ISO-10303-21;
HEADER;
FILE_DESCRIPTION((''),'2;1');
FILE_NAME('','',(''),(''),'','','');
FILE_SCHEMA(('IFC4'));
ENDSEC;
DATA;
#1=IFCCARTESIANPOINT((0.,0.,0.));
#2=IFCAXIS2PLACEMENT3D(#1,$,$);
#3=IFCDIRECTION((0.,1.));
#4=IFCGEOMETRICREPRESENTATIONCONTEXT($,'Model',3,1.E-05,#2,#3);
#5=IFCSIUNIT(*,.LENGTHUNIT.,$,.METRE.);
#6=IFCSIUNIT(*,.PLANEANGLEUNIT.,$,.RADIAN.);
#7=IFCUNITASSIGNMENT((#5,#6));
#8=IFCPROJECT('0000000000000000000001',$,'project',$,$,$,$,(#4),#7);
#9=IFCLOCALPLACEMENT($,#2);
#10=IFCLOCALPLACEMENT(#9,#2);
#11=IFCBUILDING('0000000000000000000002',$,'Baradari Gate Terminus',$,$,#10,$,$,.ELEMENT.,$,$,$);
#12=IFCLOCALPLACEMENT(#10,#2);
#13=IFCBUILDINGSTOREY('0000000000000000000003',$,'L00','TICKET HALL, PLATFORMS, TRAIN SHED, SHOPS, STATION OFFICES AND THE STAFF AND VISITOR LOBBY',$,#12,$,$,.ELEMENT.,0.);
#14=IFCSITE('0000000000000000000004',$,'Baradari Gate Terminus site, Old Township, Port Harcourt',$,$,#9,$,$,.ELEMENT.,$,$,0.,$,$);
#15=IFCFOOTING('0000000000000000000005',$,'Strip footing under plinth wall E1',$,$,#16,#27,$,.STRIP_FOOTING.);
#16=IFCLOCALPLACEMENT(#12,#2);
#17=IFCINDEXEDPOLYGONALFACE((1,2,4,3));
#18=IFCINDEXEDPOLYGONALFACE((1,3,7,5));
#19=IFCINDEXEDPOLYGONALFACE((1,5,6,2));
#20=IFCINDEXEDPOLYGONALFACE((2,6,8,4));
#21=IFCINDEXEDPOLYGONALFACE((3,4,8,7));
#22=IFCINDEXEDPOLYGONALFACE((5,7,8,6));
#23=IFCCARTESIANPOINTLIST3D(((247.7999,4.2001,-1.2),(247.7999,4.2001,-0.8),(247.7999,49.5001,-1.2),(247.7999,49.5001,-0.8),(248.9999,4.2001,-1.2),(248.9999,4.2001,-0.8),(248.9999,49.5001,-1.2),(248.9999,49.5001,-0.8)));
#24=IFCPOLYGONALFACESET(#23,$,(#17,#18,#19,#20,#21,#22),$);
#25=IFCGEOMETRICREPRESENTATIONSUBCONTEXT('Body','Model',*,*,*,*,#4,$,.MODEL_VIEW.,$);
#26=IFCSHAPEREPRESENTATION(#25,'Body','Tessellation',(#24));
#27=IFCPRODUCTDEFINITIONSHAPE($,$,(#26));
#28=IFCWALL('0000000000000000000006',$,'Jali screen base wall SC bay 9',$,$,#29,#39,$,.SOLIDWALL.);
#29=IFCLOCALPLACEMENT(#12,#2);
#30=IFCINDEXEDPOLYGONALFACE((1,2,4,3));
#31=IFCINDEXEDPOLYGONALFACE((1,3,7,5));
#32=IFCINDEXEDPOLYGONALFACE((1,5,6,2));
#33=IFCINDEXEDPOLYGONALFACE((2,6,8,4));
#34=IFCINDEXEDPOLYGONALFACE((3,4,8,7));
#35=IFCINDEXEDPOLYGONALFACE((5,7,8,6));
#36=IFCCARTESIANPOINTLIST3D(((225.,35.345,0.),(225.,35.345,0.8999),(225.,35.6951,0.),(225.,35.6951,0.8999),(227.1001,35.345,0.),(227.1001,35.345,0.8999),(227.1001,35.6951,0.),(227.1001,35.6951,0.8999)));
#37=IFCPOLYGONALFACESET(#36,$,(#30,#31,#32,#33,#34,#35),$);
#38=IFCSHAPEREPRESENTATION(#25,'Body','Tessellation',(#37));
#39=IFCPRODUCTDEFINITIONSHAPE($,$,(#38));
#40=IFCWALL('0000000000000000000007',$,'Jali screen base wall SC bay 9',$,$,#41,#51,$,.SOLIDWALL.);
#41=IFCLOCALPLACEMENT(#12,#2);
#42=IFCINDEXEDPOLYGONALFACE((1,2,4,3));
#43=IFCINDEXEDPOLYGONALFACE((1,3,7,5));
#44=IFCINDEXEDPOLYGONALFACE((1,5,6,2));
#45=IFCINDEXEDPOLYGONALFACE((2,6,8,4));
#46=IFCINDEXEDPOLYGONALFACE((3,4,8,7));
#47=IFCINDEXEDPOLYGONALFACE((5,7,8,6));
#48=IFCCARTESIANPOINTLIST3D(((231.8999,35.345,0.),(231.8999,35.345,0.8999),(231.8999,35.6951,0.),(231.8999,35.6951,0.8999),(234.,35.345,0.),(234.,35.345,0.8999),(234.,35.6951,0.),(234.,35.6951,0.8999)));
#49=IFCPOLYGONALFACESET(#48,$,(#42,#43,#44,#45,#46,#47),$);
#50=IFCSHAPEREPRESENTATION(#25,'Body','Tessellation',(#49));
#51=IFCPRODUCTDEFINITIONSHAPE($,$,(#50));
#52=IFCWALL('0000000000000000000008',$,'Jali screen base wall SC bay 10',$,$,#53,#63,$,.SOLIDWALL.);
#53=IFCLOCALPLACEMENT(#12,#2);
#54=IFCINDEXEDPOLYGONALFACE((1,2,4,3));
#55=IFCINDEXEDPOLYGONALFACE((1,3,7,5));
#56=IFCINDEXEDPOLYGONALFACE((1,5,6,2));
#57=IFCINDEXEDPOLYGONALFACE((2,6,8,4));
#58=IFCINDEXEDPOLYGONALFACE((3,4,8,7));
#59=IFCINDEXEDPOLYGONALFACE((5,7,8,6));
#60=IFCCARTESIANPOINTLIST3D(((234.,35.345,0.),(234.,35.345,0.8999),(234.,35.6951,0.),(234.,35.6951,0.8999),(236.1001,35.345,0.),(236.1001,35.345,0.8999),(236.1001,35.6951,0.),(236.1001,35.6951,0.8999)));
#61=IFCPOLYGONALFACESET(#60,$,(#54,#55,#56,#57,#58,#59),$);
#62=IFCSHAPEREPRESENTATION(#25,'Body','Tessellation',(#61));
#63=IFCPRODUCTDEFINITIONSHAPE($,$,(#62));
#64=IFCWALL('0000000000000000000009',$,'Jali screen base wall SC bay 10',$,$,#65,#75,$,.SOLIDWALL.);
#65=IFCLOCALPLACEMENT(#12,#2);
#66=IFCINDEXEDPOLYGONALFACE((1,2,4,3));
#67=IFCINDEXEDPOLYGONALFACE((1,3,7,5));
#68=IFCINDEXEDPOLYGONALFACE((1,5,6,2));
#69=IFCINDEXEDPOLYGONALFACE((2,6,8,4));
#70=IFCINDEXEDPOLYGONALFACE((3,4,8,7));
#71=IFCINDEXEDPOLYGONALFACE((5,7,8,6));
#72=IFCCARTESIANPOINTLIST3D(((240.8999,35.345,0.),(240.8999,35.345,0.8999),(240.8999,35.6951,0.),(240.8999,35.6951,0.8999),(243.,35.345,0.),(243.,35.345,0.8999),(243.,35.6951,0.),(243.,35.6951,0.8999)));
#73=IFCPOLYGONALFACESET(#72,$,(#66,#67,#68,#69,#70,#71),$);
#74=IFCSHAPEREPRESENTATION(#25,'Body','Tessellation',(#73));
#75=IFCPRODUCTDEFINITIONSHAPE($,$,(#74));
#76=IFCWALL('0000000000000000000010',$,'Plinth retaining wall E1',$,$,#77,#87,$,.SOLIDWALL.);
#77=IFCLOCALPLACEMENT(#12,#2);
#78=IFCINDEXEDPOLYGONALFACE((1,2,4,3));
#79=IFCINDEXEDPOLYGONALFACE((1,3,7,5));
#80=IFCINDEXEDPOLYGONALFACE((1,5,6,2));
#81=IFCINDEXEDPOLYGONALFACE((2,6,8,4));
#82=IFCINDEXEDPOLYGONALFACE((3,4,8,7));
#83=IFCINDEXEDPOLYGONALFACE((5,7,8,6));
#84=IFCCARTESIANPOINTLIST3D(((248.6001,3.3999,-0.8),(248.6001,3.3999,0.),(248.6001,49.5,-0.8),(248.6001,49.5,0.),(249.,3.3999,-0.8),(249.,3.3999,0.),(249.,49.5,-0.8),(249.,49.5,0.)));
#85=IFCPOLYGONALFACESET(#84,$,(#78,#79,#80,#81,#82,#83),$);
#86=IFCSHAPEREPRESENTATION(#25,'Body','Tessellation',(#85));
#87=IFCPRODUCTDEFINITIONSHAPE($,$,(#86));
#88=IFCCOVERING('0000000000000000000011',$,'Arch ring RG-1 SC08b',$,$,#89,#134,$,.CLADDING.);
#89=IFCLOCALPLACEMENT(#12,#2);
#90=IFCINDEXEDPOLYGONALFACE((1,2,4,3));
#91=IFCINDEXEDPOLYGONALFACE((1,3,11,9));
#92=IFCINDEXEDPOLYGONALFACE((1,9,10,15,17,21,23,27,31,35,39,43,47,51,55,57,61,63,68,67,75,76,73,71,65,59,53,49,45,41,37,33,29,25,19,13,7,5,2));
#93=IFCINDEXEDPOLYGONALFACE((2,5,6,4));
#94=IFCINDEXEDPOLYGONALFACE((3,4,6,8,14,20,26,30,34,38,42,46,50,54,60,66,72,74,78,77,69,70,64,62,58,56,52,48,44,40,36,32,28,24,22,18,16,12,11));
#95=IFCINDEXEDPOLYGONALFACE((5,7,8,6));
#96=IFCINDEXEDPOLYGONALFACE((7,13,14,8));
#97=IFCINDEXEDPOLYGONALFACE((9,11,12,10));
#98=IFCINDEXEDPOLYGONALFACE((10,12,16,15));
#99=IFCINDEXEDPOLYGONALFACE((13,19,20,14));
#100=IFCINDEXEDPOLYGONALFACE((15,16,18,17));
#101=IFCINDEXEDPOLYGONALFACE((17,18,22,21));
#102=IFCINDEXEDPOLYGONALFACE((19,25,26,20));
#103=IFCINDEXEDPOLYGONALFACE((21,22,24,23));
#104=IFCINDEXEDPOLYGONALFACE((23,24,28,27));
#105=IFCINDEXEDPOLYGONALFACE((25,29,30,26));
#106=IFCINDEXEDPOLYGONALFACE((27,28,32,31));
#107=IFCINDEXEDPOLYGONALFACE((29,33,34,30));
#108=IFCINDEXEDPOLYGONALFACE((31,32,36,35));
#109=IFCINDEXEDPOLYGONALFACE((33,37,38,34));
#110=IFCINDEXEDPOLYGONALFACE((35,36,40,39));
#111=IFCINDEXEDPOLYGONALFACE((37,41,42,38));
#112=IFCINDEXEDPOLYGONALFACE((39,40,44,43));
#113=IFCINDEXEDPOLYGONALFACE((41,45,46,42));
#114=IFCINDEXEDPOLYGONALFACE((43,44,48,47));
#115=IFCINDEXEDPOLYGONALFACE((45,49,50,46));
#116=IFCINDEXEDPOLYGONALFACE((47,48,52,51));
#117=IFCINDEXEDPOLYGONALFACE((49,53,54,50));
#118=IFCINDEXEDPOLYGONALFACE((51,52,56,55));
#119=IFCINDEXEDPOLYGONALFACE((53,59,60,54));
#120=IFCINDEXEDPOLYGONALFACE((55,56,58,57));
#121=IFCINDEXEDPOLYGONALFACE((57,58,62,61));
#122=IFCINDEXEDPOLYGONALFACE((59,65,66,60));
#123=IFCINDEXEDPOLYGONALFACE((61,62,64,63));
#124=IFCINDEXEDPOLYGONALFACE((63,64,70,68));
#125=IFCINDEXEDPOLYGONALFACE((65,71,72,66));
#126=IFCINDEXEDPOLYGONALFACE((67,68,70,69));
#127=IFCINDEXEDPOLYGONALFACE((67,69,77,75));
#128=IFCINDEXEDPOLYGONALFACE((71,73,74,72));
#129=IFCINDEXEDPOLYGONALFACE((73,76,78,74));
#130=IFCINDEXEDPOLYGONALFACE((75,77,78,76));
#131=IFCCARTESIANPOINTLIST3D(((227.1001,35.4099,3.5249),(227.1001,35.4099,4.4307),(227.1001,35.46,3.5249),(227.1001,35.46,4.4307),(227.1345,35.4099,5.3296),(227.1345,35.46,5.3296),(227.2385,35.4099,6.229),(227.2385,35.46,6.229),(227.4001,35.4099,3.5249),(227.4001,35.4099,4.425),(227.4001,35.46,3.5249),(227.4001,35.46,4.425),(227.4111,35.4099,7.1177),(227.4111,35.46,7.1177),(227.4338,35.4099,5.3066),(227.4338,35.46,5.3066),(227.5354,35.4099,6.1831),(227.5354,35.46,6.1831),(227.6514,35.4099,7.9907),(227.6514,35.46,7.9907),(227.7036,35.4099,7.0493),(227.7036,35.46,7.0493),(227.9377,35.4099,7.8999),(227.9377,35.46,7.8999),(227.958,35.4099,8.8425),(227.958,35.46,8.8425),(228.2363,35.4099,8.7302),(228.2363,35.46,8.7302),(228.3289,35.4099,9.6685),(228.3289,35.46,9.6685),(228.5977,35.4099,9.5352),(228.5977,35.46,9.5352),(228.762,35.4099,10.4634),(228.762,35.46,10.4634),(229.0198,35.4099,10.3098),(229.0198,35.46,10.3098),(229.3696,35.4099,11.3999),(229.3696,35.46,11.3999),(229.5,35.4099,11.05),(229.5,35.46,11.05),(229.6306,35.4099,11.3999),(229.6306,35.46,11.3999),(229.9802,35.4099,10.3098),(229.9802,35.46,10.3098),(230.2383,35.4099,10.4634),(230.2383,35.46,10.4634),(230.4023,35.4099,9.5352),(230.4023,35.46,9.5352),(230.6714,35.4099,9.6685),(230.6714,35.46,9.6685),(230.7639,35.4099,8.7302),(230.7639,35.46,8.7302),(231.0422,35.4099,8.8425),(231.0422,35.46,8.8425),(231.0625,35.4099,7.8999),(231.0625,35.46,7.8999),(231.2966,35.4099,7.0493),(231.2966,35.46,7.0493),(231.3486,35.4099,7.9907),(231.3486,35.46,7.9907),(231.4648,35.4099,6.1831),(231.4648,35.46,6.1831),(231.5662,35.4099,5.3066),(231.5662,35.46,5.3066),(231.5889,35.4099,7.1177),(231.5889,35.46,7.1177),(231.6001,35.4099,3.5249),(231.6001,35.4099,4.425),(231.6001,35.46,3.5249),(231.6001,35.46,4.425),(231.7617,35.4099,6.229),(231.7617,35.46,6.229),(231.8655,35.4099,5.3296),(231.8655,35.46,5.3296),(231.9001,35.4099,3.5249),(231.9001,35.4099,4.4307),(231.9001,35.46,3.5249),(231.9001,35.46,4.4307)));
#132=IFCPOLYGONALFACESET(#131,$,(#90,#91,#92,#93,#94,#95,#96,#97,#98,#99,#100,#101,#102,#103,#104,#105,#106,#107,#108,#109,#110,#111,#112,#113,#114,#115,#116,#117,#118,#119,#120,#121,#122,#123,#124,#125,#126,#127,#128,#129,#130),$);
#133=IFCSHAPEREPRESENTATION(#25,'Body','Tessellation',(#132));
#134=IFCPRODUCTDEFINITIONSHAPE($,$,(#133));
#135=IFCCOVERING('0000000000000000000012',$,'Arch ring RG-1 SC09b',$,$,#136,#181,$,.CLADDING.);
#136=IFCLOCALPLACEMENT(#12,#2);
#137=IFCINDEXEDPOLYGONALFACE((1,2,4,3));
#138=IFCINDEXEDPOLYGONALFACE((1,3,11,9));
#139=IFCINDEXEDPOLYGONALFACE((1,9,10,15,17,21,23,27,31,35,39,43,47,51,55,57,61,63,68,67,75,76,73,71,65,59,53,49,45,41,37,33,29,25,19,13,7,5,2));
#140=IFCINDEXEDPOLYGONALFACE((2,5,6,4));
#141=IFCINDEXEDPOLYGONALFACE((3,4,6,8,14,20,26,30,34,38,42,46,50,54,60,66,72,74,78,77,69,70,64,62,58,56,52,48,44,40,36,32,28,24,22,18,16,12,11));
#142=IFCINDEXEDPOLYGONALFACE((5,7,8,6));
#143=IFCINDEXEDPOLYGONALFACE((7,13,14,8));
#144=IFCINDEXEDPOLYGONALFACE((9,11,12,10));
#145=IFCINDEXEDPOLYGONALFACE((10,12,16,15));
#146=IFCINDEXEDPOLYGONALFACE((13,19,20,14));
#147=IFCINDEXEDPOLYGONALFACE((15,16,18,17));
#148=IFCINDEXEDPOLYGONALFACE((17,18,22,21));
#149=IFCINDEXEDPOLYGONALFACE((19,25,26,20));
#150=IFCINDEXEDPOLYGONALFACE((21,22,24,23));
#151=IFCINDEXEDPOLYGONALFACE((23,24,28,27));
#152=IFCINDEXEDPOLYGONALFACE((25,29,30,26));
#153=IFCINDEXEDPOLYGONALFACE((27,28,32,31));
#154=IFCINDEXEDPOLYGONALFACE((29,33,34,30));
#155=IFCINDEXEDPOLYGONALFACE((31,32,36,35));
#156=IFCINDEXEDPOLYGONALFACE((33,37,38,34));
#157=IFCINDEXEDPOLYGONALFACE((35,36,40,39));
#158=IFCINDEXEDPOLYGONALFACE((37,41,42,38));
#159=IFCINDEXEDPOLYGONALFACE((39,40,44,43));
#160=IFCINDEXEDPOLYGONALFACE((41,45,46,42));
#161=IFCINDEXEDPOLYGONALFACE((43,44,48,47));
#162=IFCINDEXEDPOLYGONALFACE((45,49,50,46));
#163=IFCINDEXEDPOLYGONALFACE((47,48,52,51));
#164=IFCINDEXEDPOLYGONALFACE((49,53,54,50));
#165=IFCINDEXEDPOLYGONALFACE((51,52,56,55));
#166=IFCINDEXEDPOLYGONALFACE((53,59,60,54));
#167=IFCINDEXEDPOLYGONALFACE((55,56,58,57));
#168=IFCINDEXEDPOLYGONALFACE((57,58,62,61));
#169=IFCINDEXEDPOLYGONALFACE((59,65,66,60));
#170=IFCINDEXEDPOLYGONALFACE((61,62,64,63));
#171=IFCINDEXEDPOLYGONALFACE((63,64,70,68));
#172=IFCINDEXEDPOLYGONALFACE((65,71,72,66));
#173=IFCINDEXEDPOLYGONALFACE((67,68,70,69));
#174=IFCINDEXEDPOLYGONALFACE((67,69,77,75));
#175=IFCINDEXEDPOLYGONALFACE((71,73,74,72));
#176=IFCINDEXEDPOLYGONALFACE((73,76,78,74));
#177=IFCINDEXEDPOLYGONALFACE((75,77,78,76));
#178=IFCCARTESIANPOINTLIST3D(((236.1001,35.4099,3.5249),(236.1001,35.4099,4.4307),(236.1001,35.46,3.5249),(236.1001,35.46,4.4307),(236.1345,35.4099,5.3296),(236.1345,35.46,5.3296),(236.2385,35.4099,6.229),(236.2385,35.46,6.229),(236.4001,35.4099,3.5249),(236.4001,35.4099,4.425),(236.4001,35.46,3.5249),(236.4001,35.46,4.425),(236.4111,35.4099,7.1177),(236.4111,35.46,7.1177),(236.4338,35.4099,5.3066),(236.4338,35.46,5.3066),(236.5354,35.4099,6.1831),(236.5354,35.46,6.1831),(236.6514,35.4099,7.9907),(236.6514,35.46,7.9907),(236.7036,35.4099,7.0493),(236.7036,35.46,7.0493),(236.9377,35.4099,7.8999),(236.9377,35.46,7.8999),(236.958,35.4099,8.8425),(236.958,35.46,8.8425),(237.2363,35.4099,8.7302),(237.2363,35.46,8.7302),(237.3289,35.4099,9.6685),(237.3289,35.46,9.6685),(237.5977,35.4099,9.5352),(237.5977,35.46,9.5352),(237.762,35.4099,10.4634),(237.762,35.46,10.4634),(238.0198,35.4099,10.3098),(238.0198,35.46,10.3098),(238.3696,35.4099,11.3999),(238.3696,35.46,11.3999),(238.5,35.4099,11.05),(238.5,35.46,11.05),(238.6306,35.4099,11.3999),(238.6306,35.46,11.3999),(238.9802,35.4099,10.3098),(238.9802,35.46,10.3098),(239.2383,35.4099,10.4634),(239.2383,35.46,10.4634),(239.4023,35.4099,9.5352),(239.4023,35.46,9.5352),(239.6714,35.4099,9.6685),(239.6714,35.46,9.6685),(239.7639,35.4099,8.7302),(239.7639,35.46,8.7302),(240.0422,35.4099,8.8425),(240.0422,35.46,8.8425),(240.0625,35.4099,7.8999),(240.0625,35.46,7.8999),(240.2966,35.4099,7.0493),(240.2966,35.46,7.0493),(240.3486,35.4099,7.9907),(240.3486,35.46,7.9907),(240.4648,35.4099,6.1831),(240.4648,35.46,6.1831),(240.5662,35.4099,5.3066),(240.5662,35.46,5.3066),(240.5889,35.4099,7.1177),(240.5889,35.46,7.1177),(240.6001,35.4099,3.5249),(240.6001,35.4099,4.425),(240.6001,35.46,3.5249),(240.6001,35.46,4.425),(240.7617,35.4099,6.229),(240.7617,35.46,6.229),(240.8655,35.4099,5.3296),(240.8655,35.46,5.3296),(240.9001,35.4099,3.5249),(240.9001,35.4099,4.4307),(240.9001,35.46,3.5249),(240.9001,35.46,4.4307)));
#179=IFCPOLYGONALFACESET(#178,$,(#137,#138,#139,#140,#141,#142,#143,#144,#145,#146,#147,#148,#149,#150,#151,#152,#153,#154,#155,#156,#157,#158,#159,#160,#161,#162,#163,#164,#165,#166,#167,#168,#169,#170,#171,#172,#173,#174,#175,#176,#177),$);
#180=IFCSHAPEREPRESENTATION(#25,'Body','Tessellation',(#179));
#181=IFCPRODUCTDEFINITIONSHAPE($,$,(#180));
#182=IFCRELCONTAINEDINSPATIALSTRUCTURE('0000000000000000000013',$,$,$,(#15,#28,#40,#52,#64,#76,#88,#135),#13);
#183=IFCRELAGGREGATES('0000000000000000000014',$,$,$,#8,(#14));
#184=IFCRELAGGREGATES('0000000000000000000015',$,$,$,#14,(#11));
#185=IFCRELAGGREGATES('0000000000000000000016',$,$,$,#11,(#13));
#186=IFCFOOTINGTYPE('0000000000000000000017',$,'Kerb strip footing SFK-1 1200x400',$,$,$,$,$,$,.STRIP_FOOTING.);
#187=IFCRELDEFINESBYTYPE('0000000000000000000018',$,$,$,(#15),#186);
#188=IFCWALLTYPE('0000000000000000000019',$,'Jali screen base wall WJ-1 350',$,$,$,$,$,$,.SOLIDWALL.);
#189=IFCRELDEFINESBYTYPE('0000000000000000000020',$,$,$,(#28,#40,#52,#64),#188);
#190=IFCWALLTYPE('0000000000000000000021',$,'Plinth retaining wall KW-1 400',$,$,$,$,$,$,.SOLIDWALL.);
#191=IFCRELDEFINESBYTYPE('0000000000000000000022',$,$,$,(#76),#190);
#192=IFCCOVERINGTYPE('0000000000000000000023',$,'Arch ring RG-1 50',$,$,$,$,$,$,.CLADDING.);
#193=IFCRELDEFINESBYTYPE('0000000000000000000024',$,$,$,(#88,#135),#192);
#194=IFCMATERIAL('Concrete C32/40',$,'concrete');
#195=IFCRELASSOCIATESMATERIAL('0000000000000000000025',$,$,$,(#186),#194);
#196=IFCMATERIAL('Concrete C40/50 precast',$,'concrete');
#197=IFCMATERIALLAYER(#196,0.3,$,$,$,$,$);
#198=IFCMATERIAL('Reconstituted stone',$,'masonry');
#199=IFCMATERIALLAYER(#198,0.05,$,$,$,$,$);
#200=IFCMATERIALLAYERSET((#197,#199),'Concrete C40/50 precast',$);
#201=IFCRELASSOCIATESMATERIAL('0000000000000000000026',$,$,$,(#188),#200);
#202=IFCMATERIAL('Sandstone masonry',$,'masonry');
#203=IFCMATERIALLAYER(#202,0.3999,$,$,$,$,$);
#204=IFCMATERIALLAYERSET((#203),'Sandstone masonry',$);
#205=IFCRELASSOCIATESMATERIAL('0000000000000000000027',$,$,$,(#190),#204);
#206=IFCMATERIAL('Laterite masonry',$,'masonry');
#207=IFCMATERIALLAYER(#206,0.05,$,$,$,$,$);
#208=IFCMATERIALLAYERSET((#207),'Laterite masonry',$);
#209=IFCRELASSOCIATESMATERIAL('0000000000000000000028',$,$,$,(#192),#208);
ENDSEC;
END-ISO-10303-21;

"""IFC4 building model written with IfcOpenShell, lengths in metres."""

from ifc_helpers import new_model, si_unit, direction, frame, frame_2d, origin, origin_2d, place, context, subcontext, project, spatial, polyline, rectangle, outline, extrude, material, layer, layer_set, type_object, element, save


model = new_model("IFC4")

# Units and contexts
model_context = context("Model", 3, precision=1e-05, world=origin(), true_north=direction((0.0, 1.0)))
body_context = subcontext(model_context, "Body", "Model", "MODEL_VIEW")
ifc_project = project(units=[si_unit("LENGTHUNIT", "METRE"), si_unit("PLANEANGLEUNIT", "RADIAN")], contexts=[model_context])

# Site, building, storey
site_placement = place(None, origin())
site = spatial("IfcSite", under=ifc_project, at=site_placement, Name="Baradari Gate Terminus site, Old Township, Port Harcourt", CompositionType="ELEMENT", RefElevation=0.0)
building_placement = place(site_placement, origin())
building = spatial("IfcBuilding", under=site, at=building_placement, Name="Baradari Gate Terminus", CompositionType="ELEMENT")
storey_placement = place(building_placement, origin())
storey = spatial("IfcBuildingStorey", under=building, at=storey_placement, Name="L00", Description="TICKET HALL, PLATFORMS, TRAIN SHED, SHOPS, STATION OFFICES AND THE STAFF AND VISITOR LOBBY", CompositionType="ELEMENT", Elevation=0.0)

# Footing
ifc_material_1 = material(Name="Concrete C32/40", Category="concrete")
footing_type = type_object("IfcFootingType", Name="Kerb strip footing SFK-1 1200x400", PredefinedType="STRIP_FOOTING", material=ifc_material_1)
footing_placement = place(storey_placement, frame((248.3999, 26.8501, -1.2), z_axis=(0.0, 0.0, 1.0), x_axis=(1.0, 0.0, 0.0)))
element("IfcFooting", 1, at=footing_placement, inside=storey, type_object=footing_type, Name="Strip footing under plinth wall E1", PredefinedType="STRIP_FOOTING", context=body_context, shape_type="SweptSolid", body=[
    extrude(rectangle(XDim=1.2, YDim=45.3, at=origin_2d()), origin(), (0.0, 0.0, 1.0), 0.3999),
])

# Walls
ifc_material_2 = material(Name="Concrete C40/50 precast", Category="concrete")
ifc_layer_1 = layer(ifc_material_2, 0.3)
ifc_material_3 = material(Name="Reconstituted stone", Category="masonry")
ifc_layer_2 = layer(ifc_material_3, 0.05)
ifc_layer_set_1 = layer_set([ifc_layer_1, ifc_layer_2], Name="Concrete C40/50 precast")
wall_type_1 = type_object("IfcWallType", Name="Jali screen base wall WJ-1 350", PredefinedType="SOLIDWALL", material=ifc_layer_set_1)
for number, where, z_axis, x_axis, name in (
    (2, (225.0, 35.52, 0.0), (0.0, 0.0, 1.0), (1.0, 0.0, 0.0), "Jali screen base wall SC bay 9"),
    (3, (231.8999, 35.52, 0.0), (0.0, 0.0, 1.0), (1.0, 0.0, 0.0), "Jali screen base wall SC bay 9"),
    (4, (234.0, 35.52, 0.0), (0.0, 0.0, 1.0), (1.0, 0.0, 0.0), "Jali screen base wall SC bay 10"),
    (5, (240.8999, 35.52, 0.0), (0.0, 0.0, 1.0), (1.0, 0.0, 0.0), "Jali screen base wall SC bay 10"),
):
    element("IfcWall", number, at=place(storey_placement, frame(where, z_axis=z_axis, x_axis=x_axis)), inside=storey, type_object=wall_type_1, Name=name, PredefinedType="SOLIDWALL", context=body_context, shape_type="SweptSolid", body=[
        extrude(rectangle(XDim=2.1001, YDim=0.3501, at=frame_2d((1.05, 0.0))), origin(), (0.0, 0.0, 1.0), 0.8999),
    ])
ifc_material_4 = material(Name="Sandstone masonry", Category="masonry")
ifc_layer_3 = layer(ifc_material_4, 0.3999)
ifc_layer_set_2 = layer_set([ifc_layer_3], Name="Sandstone masonry")
wall_type_2 = type_object("IfcWallType", Name="Plinth retaining wall KW-1 400", PredefinedType="SOLIDWALL", material=ifc_layer_set_2)
wall_1_placement = place(storey_placement, frame((248.8, 3.3999, -0.8), z_axis=(0.0, 0.0, 1.0), x_axis=(0.0, 1.0, 0.0)))
element("IfcWall", 6, at=wall_1_placement, inside=storey, type_object=wall_type_2, Name="Plinth retaining wall E1", PredefinedType="SOLIDWALL", context=body_context, shape_type="SweptSolid", body=[
    extrude(rectangle(XDim=46.1001, YDim=0.3999, at=frame_2d((23.05, 0.0))), origin(), (0.0, 0.0, 1.0), 0.8),
])

# Coverings
ifc_material_5 = material(Name="Laterite masonry", Category="masonry")
ifc_layer_4 = layer(ifc_material_5, 0.05)
ifc_layer_set_3 = layer_set([ifc_layer_4], Name="Laterite masonry")
covering_type = type_object("IfcCoveringType", Name="Arch ring RG-1 50", PredefinedType="CLADDING", material=ifc_layer_set_3)
for number, where, z_axis, x_axis, name in (
    (7, (227.1001, 35.4351, 3.5249), (0.0, 0.0, 1.0), (1.0, 0.0, 0.0), "Arch ring RG-1 SC08b"),
    (8, (236.1001, 35.4351, 3.5249), (0.0, 0.0, 1.0), (1.0, 0.0, 0.0), "Arch ring RG-1 SC09b"),
):
    element("IfcCovering", number, at=place(storey_placement, frame(where, z_axis=z_axis, x_axis=x_axis)), inside=storey, type_object=covering_type, Name=name, PredefinedType="CLADDING", context=body_context, shape_type="SweptSolid", body=[
        extrude(outline(polyline([(0.0344, 1.8047), (0.0, 0.9058), (0.0, 0.0), (0.3, 0.0), (0.3, 0.9001), (0.3337, 1.7817), (0.4353, 2.6582), (0.6035, 3.5244), (0.8376, 4.375), (1.1362, 5.2053), (1.4976, 6.0103), (1.9197, 6.7849), (2.3999, 7.5251), (2.8801, 6.7849), (3.3022, 6.0103), (3.6638, 5.2053), (3.9624, 4.375), (4.1965, 3.5244), (4.3647, 2.6582), (4.4661, 1.7817), (4.5, 0.9001), (4.5, 0.0), (4.8, 0.0), (4.8, 0.9058), (4.7654, 1.8047), (4.6616, 2.7041), (4.4888, 3.5928), (4.2485, 4.4658), (3.9421, 5.3176), (3.5713, 6.1436), (3.1382, 6.9385), (2.5305, 7.875), (2.2695, 7.875), (1.6619, 6.9385), (1.2288, 6.1436), (0.8579, 5.3176), (0.5513, 4.4658), (0.311, 3.5928), (0.1384, 2.7041), (0.0344, 1.8047)])), frame((0.0, 0.0249, 0.0), z_axis=(0.0, -1.0, 0.0), x_axis=(1.0, 0.0, 0.0)), (0.0, 0.0, 1.0), 0.05),
    ])

save(model, "model.ifc")
